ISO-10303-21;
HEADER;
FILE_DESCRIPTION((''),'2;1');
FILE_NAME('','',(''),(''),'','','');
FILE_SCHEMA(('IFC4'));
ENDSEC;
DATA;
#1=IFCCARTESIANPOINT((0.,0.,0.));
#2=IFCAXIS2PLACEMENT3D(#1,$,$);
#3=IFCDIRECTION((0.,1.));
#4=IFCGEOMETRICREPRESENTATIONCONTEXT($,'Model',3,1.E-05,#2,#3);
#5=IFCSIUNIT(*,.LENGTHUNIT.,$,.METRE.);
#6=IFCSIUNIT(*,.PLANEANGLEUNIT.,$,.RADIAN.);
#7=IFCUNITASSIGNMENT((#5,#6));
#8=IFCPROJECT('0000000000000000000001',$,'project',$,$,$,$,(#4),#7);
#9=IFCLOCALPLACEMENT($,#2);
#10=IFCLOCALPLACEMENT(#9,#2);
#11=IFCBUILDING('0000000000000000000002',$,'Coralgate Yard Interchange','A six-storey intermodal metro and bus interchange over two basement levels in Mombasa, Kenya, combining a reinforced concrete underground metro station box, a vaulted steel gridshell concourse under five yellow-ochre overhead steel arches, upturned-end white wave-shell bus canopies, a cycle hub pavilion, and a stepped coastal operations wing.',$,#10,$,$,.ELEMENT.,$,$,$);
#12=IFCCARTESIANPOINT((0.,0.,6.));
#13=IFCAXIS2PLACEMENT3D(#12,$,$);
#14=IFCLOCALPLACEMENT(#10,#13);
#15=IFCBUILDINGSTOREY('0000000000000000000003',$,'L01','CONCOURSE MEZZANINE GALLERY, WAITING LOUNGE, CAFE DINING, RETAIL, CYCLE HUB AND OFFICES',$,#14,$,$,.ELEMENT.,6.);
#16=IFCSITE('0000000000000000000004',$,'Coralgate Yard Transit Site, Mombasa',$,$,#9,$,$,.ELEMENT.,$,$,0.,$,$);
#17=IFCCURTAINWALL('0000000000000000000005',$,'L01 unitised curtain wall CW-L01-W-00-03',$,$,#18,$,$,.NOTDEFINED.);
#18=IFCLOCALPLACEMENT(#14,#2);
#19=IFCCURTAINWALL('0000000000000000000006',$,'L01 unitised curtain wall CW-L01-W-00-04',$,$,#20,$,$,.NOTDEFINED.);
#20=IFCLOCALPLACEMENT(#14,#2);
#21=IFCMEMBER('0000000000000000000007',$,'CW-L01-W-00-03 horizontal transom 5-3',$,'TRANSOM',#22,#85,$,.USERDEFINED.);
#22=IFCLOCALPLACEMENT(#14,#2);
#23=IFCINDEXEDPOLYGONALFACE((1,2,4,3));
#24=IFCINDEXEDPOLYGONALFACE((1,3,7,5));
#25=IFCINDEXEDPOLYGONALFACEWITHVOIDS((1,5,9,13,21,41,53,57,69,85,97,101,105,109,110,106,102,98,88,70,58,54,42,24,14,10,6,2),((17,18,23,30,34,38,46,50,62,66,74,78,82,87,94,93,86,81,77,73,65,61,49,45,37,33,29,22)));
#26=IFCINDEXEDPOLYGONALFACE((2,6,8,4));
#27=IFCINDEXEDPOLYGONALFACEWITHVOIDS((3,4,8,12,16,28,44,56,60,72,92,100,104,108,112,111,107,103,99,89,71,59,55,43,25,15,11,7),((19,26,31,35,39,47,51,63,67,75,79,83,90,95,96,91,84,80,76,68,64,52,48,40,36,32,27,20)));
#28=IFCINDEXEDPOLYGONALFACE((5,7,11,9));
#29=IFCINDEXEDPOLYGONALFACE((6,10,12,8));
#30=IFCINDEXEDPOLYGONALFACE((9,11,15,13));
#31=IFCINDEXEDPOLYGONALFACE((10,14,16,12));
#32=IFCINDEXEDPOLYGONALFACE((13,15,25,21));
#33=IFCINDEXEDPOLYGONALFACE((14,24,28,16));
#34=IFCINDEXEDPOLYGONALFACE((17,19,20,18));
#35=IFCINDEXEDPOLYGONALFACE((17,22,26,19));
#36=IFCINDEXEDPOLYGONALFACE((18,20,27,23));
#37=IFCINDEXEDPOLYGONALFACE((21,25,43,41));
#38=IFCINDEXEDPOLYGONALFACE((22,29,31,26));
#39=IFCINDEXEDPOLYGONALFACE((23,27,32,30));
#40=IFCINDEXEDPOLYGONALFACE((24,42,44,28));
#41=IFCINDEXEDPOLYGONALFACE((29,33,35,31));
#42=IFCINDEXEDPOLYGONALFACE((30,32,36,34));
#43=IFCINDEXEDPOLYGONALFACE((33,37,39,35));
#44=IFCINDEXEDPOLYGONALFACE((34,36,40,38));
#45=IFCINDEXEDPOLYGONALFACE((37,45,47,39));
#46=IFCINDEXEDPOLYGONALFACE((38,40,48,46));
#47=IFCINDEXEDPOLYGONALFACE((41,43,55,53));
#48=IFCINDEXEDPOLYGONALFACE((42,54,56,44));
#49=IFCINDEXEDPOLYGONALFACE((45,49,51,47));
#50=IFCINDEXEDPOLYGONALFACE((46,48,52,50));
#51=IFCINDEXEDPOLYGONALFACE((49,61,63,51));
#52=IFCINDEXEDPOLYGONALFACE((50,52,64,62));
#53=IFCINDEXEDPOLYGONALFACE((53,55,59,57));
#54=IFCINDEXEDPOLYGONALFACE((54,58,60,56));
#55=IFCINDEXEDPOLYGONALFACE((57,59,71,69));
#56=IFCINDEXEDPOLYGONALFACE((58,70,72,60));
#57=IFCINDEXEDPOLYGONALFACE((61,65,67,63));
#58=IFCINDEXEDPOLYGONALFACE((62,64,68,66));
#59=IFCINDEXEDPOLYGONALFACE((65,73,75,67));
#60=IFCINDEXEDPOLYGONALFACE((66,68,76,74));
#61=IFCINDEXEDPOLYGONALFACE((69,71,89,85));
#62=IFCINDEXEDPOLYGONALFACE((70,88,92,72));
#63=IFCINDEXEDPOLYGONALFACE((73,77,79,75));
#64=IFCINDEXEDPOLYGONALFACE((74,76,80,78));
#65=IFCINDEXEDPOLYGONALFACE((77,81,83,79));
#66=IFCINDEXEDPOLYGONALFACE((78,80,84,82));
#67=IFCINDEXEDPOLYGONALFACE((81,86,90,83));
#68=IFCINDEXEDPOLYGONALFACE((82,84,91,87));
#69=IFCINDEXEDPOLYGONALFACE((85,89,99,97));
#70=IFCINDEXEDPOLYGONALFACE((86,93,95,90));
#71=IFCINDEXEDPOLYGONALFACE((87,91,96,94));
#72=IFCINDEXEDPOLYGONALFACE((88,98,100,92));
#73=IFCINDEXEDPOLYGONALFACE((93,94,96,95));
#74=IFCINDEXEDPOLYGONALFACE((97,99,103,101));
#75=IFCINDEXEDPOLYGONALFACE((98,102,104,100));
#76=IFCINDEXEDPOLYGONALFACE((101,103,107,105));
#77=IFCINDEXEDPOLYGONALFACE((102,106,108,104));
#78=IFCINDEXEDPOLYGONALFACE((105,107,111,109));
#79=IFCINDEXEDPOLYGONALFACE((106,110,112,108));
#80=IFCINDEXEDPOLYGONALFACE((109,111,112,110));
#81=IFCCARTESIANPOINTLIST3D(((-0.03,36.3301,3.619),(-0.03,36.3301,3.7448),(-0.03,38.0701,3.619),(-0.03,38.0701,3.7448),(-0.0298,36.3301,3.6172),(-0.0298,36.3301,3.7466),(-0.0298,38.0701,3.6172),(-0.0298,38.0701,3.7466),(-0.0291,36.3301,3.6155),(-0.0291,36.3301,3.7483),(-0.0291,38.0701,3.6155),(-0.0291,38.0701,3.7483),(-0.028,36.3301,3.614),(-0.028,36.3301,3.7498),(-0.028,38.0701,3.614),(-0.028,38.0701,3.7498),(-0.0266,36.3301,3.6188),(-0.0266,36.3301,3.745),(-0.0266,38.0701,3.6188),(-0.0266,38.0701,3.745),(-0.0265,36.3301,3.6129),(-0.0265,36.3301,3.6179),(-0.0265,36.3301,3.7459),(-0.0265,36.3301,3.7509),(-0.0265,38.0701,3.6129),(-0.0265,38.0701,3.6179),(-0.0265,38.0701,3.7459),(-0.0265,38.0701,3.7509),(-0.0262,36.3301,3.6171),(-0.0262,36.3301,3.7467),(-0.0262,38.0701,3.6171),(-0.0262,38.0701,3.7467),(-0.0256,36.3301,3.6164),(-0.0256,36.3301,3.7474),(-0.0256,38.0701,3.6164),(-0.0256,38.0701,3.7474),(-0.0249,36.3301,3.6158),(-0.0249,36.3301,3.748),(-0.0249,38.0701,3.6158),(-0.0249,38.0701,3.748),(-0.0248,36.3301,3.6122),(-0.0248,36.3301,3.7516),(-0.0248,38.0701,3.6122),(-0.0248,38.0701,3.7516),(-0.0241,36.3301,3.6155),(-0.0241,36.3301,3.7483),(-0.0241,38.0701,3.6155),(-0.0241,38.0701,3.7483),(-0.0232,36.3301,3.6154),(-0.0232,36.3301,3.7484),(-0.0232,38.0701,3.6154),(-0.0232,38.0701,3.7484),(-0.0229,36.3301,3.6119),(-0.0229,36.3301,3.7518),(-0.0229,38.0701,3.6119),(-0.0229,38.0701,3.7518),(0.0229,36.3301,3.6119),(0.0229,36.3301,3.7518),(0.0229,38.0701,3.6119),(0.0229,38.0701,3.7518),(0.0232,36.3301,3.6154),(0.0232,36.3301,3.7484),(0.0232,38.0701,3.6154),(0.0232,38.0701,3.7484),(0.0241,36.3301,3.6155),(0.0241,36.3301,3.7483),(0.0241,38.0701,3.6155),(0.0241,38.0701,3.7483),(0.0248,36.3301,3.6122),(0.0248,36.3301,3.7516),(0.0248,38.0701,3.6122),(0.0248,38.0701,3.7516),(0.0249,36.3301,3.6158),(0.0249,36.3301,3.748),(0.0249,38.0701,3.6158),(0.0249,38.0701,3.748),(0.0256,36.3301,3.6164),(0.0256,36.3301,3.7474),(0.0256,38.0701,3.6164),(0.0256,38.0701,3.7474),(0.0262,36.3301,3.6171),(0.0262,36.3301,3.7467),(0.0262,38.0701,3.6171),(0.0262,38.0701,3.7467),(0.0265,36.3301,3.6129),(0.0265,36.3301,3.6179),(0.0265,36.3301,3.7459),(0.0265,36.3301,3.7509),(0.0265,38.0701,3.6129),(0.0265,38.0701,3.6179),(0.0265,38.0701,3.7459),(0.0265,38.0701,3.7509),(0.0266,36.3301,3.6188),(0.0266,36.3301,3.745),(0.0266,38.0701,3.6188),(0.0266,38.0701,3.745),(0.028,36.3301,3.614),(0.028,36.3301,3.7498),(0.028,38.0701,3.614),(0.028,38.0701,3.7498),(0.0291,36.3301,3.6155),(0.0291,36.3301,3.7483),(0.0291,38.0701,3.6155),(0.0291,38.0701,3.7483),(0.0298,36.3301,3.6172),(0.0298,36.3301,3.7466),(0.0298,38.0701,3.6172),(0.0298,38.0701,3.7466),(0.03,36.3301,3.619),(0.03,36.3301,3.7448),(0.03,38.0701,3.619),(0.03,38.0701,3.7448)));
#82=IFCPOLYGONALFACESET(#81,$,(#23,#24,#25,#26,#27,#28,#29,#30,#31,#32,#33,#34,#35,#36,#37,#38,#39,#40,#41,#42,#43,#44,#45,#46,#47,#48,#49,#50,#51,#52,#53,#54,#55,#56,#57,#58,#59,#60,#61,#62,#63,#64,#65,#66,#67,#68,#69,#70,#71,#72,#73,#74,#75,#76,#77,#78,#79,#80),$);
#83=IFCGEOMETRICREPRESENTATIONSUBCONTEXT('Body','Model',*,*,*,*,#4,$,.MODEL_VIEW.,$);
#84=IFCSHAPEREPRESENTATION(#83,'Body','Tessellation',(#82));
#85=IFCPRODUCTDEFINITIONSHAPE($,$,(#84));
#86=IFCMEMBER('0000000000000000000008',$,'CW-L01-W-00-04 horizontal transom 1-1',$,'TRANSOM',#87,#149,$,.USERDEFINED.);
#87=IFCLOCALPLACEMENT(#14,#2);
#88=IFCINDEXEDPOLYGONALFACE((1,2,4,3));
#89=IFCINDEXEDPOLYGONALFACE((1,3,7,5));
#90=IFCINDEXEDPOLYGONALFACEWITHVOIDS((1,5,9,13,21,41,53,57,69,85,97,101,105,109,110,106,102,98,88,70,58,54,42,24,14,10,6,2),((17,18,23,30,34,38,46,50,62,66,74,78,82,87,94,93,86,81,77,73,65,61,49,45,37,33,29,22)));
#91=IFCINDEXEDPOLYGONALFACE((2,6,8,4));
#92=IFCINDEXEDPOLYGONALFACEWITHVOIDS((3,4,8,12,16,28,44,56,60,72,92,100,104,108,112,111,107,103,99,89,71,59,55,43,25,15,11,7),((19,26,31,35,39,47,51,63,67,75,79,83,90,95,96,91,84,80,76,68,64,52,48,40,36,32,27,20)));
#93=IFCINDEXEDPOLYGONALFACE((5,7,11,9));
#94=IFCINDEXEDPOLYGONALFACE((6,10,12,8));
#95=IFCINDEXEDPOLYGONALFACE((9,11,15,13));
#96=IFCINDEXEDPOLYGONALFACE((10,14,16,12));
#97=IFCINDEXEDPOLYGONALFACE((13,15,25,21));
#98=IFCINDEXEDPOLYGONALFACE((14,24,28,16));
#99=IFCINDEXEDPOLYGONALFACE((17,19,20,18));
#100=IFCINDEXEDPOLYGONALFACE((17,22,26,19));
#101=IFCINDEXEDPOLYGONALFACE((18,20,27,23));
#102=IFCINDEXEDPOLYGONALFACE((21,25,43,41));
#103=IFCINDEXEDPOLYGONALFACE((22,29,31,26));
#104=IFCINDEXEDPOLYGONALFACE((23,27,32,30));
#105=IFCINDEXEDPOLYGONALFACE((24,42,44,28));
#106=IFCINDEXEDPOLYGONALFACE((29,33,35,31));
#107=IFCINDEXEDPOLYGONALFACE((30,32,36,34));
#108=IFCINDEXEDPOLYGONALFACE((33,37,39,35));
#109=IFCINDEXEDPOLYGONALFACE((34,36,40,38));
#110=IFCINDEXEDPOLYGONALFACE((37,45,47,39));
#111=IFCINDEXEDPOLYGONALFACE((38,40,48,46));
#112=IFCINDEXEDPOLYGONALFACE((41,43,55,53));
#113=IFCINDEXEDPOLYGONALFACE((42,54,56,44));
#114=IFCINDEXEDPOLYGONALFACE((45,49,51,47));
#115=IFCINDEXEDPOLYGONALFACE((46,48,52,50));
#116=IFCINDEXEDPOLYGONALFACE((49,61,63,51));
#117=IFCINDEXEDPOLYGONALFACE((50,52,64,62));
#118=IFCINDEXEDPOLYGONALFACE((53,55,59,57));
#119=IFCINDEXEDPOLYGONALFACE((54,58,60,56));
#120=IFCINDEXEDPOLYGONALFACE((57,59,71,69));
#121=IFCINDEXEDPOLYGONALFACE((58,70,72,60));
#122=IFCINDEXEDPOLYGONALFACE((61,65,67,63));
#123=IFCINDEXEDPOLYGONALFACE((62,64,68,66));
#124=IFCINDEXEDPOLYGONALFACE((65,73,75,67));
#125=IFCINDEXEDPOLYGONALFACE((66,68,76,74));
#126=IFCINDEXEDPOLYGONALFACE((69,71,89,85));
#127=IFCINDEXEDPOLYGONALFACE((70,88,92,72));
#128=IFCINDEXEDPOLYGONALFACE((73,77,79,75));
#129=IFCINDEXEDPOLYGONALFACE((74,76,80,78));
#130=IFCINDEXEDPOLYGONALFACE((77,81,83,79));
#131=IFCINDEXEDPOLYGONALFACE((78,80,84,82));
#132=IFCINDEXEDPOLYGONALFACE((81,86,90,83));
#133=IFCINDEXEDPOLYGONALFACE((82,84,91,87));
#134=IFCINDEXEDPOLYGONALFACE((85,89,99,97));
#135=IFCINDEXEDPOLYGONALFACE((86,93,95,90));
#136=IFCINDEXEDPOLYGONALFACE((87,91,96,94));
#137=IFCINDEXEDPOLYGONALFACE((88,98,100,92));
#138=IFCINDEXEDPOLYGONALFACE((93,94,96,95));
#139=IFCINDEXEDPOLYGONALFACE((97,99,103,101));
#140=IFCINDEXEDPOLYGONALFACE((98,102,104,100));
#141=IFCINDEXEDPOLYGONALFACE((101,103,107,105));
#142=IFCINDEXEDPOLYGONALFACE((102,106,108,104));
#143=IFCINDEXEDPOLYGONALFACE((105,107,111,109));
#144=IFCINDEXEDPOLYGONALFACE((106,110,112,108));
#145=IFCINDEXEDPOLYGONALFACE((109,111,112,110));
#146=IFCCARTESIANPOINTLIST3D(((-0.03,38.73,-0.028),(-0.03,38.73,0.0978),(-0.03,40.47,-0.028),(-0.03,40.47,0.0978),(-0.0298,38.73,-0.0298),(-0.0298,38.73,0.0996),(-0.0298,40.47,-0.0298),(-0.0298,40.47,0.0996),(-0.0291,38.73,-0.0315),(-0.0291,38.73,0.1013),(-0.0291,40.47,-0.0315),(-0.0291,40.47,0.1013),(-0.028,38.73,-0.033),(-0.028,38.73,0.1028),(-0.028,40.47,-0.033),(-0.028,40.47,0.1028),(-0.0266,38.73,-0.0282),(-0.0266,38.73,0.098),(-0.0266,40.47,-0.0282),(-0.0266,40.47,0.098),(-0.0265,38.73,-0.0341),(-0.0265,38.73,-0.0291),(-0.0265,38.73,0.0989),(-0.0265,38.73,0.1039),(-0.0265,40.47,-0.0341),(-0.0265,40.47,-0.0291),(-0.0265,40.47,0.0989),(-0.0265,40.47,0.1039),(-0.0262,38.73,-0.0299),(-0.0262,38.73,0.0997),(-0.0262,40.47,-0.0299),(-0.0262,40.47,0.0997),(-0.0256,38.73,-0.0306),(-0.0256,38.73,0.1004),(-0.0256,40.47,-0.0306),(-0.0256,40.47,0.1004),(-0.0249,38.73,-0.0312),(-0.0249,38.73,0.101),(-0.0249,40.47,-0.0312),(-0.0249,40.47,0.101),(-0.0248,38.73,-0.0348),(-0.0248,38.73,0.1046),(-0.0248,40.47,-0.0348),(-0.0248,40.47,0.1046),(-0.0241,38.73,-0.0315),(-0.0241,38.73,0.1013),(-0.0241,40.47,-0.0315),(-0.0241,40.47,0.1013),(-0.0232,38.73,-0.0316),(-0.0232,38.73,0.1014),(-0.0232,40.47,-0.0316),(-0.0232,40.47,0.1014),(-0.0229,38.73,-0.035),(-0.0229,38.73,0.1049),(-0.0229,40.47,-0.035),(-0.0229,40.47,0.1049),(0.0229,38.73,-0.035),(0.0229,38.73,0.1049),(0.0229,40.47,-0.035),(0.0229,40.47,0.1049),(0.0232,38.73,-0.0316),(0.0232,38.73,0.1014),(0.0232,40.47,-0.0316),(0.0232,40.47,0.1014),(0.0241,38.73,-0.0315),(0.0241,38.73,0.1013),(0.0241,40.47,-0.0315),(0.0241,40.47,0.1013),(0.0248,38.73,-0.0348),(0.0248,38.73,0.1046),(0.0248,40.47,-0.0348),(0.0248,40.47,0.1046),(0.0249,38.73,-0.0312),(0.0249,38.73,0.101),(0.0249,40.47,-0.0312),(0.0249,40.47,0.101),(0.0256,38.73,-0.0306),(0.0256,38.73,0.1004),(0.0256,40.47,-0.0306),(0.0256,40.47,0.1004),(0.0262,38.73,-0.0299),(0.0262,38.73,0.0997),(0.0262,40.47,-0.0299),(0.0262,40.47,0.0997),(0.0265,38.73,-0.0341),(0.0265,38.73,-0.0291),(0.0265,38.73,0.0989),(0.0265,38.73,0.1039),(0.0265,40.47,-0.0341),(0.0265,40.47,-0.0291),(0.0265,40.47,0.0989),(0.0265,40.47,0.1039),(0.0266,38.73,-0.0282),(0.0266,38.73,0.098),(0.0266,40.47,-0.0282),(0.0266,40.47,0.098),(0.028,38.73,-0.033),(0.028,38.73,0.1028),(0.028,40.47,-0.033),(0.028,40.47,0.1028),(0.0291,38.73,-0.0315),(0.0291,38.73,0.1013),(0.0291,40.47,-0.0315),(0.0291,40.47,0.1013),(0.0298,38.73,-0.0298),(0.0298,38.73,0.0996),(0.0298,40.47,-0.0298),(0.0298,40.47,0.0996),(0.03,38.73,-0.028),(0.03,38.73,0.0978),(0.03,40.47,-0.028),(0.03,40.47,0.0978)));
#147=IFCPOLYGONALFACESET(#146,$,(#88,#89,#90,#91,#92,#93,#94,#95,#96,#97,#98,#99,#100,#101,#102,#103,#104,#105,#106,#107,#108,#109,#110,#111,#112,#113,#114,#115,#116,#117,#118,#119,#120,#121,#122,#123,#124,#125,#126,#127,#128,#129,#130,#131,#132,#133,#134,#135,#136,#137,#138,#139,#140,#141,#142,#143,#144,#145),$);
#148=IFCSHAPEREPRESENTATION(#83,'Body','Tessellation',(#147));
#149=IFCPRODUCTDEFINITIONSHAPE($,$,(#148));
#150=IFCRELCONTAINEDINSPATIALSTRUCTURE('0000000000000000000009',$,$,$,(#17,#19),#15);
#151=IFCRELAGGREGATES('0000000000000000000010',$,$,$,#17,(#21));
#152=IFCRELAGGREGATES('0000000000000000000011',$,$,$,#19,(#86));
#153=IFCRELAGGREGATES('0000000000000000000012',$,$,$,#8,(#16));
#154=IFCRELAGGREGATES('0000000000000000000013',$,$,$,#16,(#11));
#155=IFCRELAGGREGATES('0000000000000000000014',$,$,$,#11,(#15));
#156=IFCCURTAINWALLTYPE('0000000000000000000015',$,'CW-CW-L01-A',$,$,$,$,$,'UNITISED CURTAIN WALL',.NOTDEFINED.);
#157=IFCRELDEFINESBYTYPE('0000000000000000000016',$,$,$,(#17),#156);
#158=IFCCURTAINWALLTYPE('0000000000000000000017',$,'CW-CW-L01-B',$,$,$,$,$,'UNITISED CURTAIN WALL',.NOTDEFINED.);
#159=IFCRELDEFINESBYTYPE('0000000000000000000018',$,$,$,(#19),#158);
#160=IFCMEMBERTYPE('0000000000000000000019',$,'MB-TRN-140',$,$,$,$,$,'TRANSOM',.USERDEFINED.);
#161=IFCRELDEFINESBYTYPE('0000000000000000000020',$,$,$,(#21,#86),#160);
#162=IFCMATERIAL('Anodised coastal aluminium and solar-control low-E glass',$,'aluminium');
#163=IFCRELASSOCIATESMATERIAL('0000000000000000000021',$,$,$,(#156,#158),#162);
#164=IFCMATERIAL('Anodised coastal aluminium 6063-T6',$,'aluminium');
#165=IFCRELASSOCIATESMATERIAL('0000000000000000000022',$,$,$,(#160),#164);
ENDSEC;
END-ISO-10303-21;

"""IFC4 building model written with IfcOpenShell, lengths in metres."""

from ifc_helpers import new_model, si_unit, direction, frame, origin, origin_2d, place, context, subcontext, project, spatial, hollow_rectangle, extrude, material, material_profile, profile_set, type_object, element, aggregate, save


model = new_model("IFC4")

# Units and contexts
model_context = context("Model", 3, precision=1e-05, world=origin(), true_north=direction((0.0, 1.0)))
body_context = subcontext(model_context, "Body", "Model", "MODEL_VIEW")
ifc_project = project(units=[si_unit("LENGTHUNIT", "METRE"), si_unit("PLANEANGLEUNIT", "RADIAN")], contexts=[model_context])

# Site, building, storey
site_placement = place(None, origin())
site = spatial("IfcSite", under=ifc_project, at=site_placement, Name="Coralgate Yard Transit Site, Mombasa", CompositionType="ELEMENT", RefElevation=0.0)
building_placement = place(site_placement, origin())
building = spatial("IfcBuilding", under=site, at=building_placement, Name="Coralgate Yard Interchange", Description="A six-storey intermodal metro and bus interchange over two basement levels in Mombasa, Kenya, combining a reinforced concrete underground metro station box, a vaulted steel gridshell concourse under five yellow-ochre overhead steel arches, upturned-end white wave-shell bus canopies, a cycle hub pavilion, and a stepped coastal operations wing.", CompositionType="ELEMENT")
storey_placement = place(building_placement, frame((0.0, 0.0, 6.0)))
storey = spatial("IfcBuildingStorey", under=building, at=storey_placement, Name="L01", Description="CONCOURSE MEZZANINE GALLERY, WAITING LOUNGE, CAFE DINING, RETAIL, CYCLE HUB AND OFFICES", CompositionType="ELEMENT", Elevation=6.0)

# Curtain wall
ifc_material_1 = material(Name="Anodised coastal aluminium and solar-control low-E glass", Category="aluminium")
curtain_wall_type_1 = type_object("IfcCurtainWallType", Name="CW-CW-L01-A", ElementType="UNITISED CURTAIN WALL", PredefinedType="NOTDEFINED", material=ifc_material_1)
curtain_wall_1_placement = place(storey_placement, origin())
curtain_wall_1 = element("IfcCurtainWall", 1, at=curtain_wall_1_placement, inside=storey, type_object=curtain_wall_type_1, Name="L01 unitised curtain wall CW-L01-W-00-03", PredefinedType="NOTDEFINED")
ifc_material_2 = material(Name="Anodised coastal aluminium 6063-T6", Category="aluminium")

# Curtain wall
curtain_wall_type_2 = type_object("IfcCurtainWallType", Name="CW-CW-L01-B", ElementType="UNITISED CURTAIN WALL", PredefinedType="NOTDEFINED", material=ifc_material_1)
curtain_wall_2_placement = place(storey_placement, origin())
curtain_wall_2 = element("IfcCurtainWall", 2, at=curtain_wall_2_placement, inside=storey, type_object=curtain_wall_type_2, Name="L01 unitised curtain wall CW-L01-W-00-04", PredefinedType="NOTDEFINED")

# Members
ifc_material_profile_1 = material_profile(ifc_material_2, hollow_rectangle(XDim=0.0601, YDim=0.1399, WallThickness=0.0034, InnerFilletRadius=0.0034, OuterFilletRadius=0.0071, at=origin_2d()), Name="ALU 60x140x3.5")
ifc_profile_set_1 = profile_set([ifc_material_profile_1], Name="Anodised coastal aluminium 6063-T6")
member_type_1 = type_object("IfcMemberType", Name="MB-TRN-140", ElementType="TRANSOM", PredefinedType="USERDEFINED", material=ifc_profile_set_1)
member_1_placement = place(storey_placement, frame((0.0, 36.3301, 3.6819), z_axis=(0.0, 1.0, 0.0), x_axis=(-1.0, 0.0, 0.0)))
member_1 = element("IfcMember", 3, at=member_1_placement, type_object=member_type_1, Name="CW-L01-W-00-03 horizontal transom 5-3", ObjectType="TRANSOM", PredefinedType="USERDEFINED", context=body_context, shape_type="SweptSolid", body=[
    extrude(hollow_rectangle(XDim=0.0601, YDim=0.1399, WallThickness=0.0034, InnerFilletRadius=0.0034, OuterFilletRadius=0.0071, at=origin_2d()), origin(), (0.0, 0.0, 1.0), 1.74),
])
member_2_placement = place(storey_placement, frame((0.0, 38.73, 0.0349), z_axis=(0.0, 1.0, 0.0), x_axis=(-1.0, 0.0, 0.0)))
member_2 = element("IfcMember", 4, at=member_2_placement, type_object=member_type_1, Name="CW-L01-W-00-04 horizontal transom 1-1", ObjectType="TRANSOM", PredefinedType="USERDEFINED", context=body_context, shape_type="SweptSolid", body=[
    extrude(hollow_rectangle(XDim=0.0601, YDim=0.1399, WallThickness=0.0034, InnerFilletRadius=0.0034, OuterFilletRadius=0.0071, at=origin_2d()), origin(), (0.0, 0.0, 1.0), 1.74),
])

aggregate(curtain_wall_1, [member_1])
aggregate(curtain_wall_2, [member_2])

save(model, "model.ifc")
